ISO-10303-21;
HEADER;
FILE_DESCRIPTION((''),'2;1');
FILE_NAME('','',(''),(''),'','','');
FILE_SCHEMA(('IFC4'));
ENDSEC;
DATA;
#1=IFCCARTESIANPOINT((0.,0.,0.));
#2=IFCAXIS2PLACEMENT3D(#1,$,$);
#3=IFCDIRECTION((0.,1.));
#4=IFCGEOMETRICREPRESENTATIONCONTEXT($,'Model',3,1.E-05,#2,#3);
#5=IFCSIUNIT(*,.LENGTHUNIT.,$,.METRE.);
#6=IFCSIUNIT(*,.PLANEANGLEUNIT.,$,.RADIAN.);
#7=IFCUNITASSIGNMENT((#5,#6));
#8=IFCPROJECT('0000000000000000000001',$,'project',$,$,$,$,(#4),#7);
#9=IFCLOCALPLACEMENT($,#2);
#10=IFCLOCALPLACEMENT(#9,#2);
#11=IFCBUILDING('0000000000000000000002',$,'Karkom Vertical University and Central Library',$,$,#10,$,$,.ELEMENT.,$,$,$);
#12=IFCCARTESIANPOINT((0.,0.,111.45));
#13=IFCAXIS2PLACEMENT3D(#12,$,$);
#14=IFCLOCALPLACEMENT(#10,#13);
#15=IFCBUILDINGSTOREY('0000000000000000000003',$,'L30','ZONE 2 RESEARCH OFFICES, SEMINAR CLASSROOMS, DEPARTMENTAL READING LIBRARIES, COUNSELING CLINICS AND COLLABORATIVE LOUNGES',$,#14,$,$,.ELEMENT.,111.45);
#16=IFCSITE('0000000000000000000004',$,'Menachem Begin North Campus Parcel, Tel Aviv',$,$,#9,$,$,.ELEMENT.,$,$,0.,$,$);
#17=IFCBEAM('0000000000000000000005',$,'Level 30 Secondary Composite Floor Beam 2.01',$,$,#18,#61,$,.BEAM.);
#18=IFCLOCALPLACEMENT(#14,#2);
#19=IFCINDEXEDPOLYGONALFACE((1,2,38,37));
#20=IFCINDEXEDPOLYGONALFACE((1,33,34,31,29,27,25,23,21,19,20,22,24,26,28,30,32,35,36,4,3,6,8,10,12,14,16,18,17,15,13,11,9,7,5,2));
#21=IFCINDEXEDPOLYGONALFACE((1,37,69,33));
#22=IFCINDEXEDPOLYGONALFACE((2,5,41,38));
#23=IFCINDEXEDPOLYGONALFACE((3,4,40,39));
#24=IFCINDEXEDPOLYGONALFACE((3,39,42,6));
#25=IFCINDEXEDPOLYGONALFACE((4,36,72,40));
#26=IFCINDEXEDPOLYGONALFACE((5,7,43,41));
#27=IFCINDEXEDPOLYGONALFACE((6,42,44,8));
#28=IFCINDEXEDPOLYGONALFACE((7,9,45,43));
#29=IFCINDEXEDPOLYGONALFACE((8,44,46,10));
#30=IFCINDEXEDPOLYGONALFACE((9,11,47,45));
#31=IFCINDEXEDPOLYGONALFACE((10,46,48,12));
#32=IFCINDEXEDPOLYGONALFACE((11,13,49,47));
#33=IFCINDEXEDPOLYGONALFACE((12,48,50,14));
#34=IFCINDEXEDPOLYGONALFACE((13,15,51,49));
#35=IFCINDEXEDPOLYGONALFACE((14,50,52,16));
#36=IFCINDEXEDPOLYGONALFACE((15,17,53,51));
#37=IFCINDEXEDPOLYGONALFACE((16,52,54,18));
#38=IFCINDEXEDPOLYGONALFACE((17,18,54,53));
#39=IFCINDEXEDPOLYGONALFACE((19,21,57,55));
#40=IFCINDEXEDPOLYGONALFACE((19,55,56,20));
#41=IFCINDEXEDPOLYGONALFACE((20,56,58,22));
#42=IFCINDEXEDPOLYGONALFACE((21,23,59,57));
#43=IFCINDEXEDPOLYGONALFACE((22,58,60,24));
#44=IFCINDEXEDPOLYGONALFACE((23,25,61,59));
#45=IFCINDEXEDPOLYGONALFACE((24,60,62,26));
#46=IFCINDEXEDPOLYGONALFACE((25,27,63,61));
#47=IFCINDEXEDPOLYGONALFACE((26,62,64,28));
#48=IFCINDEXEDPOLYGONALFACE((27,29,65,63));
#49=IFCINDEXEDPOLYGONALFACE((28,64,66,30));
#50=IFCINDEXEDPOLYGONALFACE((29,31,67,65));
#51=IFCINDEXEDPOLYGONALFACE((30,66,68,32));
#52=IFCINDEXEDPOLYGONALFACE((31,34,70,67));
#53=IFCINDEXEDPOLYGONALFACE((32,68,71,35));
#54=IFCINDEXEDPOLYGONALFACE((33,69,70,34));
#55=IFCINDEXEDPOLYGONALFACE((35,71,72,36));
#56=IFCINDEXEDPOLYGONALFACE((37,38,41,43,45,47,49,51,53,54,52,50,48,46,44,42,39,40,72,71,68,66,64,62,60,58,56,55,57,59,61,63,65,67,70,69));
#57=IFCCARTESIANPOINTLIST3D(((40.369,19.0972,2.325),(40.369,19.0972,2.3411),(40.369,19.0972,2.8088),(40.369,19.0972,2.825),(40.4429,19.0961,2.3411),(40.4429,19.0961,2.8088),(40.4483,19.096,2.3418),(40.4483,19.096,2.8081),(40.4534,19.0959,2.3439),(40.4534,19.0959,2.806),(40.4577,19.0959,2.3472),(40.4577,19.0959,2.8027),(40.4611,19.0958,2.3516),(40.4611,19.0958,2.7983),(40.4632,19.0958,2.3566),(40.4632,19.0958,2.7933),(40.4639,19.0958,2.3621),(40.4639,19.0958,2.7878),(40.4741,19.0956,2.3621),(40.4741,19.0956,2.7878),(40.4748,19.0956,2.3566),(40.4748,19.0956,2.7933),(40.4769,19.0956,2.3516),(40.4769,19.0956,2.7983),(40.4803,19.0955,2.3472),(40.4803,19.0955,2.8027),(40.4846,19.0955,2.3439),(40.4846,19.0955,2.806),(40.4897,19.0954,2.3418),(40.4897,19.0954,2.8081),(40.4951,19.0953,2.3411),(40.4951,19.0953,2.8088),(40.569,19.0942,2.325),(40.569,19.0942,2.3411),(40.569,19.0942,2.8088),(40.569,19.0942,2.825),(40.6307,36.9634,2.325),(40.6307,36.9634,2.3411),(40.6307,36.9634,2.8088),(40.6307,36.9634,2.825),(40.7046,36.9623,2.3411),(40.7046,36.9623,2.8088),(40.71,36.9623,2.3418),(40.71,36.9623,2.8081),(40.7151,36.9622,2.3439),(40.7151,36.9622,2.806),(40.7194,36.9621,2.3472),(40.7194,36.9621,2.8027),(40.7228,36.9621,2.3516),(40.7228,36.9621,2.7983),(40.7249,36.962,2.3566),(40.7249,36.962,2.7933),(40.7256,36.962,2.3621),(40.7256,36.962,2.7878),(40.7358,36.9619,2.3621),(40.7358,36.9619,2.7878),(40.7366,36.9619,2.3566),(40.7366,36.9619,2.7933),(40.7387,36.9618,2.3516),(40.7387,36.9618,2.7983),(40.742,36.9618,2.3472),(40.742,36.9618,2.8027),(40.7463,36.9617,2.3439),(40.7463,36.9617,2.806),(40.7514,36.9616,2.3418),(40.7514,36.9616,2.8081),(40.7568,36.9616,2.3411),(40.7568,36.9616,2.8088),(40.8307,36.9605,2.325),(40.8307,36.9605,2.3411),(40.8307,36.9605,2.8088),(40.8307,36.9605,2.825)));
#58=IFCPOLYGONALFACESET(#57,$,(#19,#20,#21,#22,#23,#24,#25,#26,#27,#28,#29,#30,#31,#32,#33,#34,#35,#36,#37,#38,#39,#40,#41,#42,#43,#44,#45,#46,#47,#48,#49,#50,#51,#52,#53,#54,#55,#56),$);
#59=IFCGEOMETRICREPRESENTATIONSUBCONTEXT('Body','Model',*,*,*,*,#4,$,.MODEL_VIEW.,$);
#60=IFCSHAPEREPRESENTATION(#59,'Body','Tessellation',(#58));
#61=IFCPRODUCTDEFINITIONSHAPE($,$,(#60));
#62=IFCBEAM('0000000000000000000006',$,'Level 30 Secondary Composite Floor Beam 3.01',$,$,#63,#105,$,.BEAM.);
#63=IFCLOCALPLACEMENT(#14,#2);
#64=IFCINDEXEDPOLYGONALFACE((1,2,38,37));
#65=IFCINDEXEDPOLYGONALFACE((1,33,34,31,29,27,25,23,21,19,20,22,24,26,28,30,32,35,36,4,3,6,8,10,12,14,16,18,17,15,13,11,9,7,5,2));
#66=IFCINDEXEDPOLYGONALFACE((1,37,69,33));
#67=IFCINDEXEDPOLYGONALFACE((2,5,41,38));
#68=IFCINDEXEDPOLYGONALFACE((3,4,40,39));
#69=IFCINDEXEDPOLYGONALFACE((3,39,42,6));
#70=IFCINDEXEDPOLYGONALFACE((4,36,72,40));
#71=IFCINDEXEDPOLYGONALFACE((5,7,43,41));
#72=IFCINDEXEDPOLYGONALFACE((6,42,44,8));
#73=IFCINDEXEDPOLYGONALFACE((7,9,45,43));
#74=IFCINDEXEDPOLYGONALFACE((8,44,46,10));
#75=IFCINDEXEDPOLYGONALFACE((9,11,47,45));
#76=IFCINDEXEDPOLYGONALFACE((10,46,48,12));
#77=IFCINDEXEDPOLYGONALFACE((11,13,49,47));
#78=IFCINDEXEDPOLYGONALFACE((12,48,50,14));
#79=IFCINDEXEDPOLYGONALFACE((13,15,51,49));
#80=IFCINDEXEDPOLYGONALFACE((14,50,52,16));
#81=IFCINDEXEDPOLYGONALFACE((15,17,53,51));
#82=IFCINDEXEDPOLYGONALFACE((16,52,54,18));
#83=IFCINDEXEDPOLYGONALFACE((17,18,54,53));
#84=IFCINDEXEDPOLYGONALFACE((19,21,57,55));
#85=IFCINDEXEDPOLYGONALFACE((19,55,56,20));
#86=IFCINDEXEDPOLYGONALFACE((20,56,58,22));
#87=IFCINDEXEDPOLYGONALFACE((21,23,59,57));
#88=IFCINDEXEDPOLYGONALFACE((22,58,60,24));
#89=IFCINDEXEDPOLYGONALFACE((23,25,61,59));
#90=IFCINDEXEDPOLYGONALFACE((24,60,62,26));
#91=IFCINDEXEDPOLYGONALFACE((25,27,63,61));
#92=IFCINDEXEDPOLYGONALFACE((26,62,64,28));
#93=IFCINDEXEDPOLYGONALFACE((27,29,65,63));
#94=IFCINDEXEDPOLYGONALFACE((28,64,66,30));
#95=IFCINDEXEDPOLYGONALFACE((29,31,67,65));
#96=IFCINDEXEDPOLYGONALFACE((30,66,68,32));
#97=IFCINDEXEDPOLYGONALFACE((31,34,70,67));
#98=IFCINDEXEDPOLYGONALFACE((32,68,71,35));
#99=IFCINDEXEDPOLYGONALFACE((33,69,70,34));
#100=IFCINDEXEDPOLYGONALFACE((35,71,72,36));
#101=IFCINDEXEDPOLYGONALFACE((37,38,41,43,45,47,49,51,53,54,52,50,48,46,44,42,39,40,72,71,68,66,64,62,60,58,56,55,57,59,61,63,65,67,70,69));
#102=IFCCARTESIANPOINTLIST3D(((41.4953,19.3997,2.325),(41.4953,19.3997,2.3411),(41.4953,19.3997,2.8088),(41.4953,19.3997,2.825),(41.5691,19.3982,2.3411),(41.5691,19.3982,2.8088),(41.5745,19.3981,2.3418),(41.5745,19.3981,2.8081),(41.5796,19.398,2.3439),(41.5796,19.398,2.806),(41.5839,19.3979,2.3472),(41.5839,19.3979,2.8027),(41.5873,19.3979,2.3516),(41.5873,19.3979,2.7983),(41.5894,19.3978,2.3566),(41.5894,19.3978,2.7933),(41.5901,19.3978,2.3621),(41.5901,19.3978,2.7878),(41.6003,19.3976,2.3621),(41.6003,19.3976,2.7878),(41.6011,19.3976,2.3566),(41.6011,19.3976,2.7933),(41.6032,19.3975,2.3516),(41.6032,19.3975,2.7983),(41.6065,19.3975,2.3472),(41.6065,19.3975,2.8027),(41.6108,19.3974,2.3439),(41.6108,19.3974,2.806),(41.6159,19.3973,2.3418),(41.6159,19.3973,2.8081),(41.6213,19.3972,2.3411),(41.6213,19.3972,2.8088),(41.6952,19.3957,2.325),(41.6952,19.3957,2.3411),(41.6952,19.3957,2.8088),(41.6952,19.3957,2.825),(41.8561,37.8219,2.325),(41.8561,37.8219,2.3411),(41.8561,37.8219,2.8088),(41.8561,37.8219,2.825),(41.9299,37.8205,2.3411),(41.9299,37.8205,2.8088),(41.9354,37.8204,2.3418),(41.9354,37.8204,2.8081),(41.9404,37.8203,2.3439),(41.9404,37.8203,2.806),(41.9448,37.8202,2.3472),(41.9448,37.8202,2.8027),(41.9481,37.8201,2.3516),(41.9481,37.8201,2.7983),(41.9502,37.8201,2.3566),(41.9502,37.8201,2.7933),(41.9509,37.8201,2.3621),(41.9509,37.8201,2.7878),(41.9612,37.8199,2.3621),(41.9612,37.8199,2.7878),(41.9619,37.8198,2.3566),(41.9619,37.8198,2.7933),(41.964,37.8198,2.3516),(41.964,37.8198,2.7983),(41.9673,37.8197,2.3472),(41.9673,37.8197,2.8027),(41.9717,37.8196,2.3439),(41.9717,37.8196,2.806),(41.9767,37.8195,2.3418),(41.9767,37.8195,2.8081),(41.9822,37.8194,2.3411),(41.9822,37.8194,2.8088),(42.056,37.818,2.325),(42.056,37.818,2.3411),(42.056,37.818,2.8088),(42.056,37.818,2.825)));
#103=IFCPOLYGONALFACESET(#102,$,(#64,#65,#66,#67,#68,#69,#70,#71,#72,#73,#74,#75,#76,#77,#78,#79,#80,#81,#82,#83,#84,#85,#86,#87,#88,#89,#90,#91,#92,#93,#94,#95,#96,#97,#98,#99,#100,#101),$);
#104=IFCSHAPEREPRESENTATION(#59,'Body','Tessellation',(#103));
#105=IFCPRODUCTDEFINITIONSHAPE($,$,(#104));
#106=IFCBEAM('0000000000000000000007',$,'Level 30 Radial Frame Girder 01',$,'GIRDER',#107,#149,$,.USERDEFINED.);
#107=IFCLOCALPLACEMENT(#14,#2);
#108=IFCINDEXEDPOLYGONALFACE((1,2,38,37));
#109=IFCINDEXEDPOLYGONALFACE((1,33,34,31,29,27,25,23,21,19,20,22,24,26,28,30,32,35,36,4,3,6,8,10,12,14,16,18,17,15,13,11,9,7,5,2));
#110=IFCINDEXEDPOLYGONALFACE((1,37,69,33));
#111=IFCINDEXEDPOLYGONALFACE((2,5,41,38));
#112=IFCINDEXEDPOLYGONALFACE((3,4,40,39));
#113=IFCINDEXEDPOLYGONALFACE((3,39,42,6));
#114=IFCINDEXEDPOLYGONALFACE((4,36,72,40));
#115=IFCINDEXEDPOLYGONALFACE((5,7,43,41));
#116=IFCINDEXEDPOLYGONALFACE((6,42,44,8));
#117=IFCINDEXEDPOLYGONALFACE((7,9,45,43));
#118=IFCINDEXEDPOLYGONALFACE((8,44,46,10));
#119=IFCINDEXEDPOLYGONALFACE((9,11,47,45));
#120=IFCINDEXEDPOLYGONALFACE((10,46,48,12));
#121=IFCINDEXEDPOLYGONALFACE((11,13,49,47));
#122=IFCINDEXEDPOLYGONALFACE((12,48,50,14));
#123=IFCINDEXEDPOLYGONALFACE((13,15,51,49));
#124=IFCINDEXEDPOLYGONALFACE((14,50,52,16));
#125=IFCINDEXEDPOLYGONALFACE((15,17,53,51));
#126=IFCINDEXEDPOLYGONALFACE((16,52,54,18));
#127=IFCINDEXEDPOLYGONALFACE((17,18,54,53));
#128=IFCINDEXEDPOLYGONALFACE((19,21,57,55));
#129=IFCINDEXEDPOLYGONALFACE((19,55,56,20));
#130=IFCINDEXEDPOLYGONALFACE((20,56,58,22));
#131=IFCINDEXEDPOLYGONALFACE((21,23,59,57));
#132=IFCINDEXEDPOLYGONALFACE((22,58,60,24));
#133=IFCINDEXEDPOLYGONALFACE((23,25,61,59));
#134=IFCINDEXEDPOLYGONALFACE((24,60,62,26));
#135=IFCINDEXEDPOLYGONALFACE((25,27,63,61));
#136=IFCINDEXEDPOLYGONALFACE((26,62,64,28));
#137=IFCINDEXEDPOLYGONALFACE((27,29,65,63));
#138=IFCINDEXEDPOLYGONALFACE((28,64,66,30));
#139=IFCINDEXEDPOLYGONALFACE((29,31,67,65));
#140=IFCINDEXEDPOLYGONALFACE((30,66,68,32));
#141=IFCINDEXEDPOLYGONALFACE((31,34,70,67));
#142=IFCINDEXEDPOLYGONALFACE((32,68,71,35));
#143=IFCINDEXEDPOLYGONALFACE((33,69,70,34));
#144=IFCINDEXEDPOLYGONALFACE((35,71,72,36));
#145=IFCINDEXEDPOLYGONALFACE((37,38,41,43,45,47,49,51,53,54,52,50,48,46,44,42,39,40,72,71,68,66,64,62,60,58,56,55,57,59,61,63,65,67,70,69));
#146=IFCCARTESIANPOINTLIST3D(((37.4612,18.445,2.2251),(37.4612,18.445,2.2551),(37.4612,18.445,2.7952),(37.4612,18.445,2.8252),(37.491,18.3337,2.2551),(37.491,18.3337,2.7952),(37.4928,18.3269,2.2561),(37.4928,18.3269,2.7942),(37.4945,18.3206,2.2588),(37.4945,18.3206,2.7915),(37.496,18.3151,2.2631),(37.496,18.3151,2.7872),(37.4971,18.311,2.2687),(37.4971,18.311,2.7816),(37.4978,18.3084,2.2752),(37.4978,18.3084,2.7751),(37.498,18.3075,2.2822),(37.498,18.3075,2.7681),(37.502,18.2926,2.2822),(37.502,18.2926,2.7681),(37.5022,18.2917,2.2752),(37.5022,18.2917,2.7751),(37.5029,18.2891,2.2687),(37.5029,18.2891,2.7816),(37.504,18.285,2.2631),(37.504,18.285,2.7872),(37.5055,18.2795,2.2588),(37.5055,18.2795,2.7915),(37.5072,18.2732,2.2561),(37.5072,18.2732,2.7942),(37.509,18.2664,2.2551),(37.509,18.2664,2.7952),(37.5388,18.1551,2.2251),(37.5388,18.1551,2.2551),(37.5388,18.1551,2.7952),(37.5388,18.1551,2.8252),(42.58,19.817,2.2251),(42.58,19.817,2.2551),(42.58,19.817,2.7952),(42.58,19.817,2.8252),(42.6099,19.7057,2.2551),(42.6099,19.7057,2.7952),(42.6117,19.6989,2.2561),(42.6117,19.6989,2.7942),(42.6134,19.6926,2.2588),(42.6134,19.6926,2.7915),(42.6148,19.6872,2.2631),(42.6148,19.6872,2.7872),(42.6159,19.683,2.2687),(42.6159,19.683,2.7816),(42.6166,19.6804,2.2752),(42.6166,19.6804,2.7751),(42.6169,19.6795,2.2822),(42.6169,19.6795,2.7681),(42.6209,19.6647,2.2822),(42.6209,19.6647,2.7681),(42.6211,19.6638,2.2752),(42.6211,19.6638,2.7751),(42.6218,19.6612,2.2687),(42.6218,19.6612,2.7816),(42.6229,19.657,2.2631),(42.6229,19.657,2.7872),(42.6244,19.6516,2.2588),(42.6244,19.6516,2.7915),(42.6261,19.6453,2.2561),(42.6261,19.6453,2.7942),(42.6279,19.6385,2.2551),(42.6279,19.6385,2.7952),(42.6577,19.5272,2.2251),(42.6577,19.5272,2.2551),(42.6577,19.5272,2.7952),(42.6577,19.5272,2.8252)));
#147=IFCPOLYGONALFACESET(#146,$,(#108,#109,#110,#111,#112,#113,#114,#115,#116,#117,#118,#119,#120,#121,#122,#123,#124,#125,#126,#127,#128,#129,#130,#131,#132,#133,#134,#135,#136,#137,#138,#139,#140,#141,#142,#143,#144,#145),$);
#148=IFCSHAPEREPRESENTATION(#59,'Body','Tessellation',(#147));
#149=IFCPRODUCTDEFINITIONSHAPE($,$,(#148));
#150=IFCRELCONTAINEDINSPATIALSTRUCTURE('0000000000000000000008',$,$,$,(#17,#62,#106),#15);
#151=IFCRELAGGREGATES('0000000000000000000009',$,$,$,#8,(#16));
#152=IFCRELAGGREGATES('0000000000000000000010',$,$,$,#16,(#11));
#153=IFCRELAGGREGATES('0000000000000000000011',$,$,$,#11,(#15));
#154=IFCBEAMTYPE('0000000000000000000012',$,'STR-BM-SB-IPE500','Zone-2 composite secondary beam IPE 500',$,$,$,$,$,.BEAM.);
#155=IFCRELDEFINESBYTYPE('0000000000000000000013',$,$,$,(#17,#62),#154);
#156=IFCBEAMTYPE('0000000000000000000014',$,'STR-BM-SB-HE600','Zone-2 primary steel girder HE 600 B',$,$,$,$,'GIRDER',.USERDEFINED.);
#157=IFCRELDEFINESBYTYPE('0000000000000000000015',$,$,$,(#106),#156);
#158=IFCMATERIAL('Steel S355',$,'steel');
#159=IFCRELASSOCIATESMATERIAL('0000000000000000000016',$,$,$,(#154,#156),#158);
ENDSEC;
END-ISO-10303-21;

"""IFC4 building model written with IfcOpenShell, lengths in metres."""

from ifc_helpers import new_model, si_unit, direction, frame, origin, origin_with_axes, origin_2d, place, context, subcontext, project, spatial, i_section, extrude, source, transform, mapped, material, material_profile, profile_set, type_object, element, save


model = new_model("IFC4")

# Units and contexts
model_context = context("Model", 3, precision=1e-05, world=origin(), true_north=direction((0.0, 1.0)))
body_context = subcontext(model_context, "Body", "Model", "MODEL_VIEW")
ifc_project = project(units=[si_unit("LENGTHUNIT", "METRE"), si_unit("PLANEANGLEUNIT", "RADIAN")], contexts=[model_context])

# Site, building, storey
site_placement = place(None, origin())
site = spatial("IfcSite", under=ifc_project, at=site_placement, Name="Menachem Begin North Campus Parcel, Tel Aviv", CompositionType="ELEMENT", RefElevation=0.0)
building_placement = place(site_placement, origin())
building = spatial("IfcBuilding", under=site, at=building_placement, Name="Karkom Vertical University and Central Library", CompositionType="ELEMENT")
storey_placement = place(building_placement, frame((0.0, 0.0, 111.45)))
storey = spatial("IfcBuildingStorey", under=building, at=storey_placement, Name="L30", Description="ZONE 2 RESEARCH OFFICES, SEMINAR CLASSROOMS, DEPARTMENTAL READING LIBRARIES, COUNSELING CLINICS AND COLLABORATIVE LOUNGES", CompositionType="ELEMENT", Elevation=111.45)

# Beams
ifc_material_1 = material(Name="Steel S355", Category="steel")
ifc_material_profile_1 = material_profile(ifc_material_1, i_section(OverallWidth=0.2, OverallDepth=0.5, WebThickness=0.0103, FlangeThickness=0.0161, FilletRadius=0.021, at=origin_2d()), Name="IPE 500")
ifc_profile_set_1 = profile_set([ifc_material_profile_1], Name="Steel S355")
beam_type_1 = type_object("IfcBeamType", Name="STR-BM-SB-IPE500", Description="Zone-2 composite secondary beam IPE 500", PredefinedType="BEAM", material=ifc_profile_set_1)
shared_shape_1 = source(origin_with_axes(), body_context, "Body", "SweptSolid", [
    extrude(i_section(OverallWidth=0.2, OverallDepth=0.5, WebThickness=0.0103, FlangeThickness=0.0161, FilletRadius=0.021, at=origin_2d()), origin(), (0.0, 0.0, 1.0), 17.8682),
])
beam_1_placement = place(storey_placement, frame((40.469, 19.0957, 2.575), z_axis=(0.014647, 0.999893, 0.0), x_axis=(-0.999893, 0.014647, 0.0)))
element("IfcBeam", 1, at=beam_1_placement, inside=storey, type_object=beam_type_1, Name="Level 30 Secondary Composite Floor Beam 2.01", PredefinedType="BEAM", context=body_context, shape_type="MappedRepresentation", body=[
    mapped(shared_shape_1, transform((0.0, 0.0, 0.0), scale=1.0)),
])
shared_shape_2 = source(origin_with_axes(), body_context, "Body", "SweptSolid", [
    extrude(i_section(OverallWidth=0.2, OverallDepth=0.5, WebThickness=0.0103, FlangeThickness=0.0161, FilletRadius=0.021, at=origin_2d()), origin(), (0.0, 0.0, 1.0), 18.4258),
])
beam_2_placement = place(storey_placement, frame((41.5952, 19.3977, 2.575), z_axis=(0.019583, 0.999808, 0.0), x_axis=(-0.999808, 0.019583, 0.0)))
element("IfcBeam", 2, at=beam_2_placement, inside=storey, type_object=beam_type_1, Name="Level 30 Secondary Composite Floor Beam 3.01", PredefinedType="BEAM", context=body_context, shape_type="MappedRepresentation", body=[
    mapped(shared_shape_2, transform((0.0, 0.0, 0.0), scale=1.0)),
])
ifc_material_profile_2 = material_profile(ifc_material_1, i_section(OverallWidth=0.3, OverallDepth=0.6001, WebThickness=0.0154, FlangeThickness=0.03, FilletRadius=0.0271, at=origin_2d()), Name="HE 600 B")
ifc_profile_set_2 = profile_set([ifc_material_profile_2], Name="Steel S355")
beam_type_2 = type_object("IfcBeamType", Name="STR-BM-SB-HE600", Description="Zone-2 primary steel girder HE 600 B", ElementType="GIRDER", PredefinedType="USERDEFINED", material=ifc_profile_set_2)
shared_shape_3 = source(origin_with_axes(), body_context, "Body", "SweptSolid", [
    extrude(i_section(OverallWidth=0.3, OverallDepth=0.6001, WebThickness=0.0154, FlangeThickness=0.03, FilletRadius=0.0271, at=origin_2d()), origin(), (0.0, 0.0, 1.0), 5.2996),
])
beam_3_placement = place(storey_placement, frame((37.5, 18.3, 2.5251), z_axis=(0.965904, 0.258901, 0.0), x_axis=(-0.258901, 0.965904, 0.0)))
element("IfcBeam", 3, at=beam_3_placement, inside=storey, type_object=beam_type_2, Name="Level 30 Radial Frame Girder 01", ObjectType="GIRDER", PredefinedType="USERDEFINED", context=body_context, shape_type="MappedRepresentation", body=[
    mapped(shared_shape_3, transform((0.0, 0.0, 0.0), scale=1.0)),
])

save(model, "model.ifc")
